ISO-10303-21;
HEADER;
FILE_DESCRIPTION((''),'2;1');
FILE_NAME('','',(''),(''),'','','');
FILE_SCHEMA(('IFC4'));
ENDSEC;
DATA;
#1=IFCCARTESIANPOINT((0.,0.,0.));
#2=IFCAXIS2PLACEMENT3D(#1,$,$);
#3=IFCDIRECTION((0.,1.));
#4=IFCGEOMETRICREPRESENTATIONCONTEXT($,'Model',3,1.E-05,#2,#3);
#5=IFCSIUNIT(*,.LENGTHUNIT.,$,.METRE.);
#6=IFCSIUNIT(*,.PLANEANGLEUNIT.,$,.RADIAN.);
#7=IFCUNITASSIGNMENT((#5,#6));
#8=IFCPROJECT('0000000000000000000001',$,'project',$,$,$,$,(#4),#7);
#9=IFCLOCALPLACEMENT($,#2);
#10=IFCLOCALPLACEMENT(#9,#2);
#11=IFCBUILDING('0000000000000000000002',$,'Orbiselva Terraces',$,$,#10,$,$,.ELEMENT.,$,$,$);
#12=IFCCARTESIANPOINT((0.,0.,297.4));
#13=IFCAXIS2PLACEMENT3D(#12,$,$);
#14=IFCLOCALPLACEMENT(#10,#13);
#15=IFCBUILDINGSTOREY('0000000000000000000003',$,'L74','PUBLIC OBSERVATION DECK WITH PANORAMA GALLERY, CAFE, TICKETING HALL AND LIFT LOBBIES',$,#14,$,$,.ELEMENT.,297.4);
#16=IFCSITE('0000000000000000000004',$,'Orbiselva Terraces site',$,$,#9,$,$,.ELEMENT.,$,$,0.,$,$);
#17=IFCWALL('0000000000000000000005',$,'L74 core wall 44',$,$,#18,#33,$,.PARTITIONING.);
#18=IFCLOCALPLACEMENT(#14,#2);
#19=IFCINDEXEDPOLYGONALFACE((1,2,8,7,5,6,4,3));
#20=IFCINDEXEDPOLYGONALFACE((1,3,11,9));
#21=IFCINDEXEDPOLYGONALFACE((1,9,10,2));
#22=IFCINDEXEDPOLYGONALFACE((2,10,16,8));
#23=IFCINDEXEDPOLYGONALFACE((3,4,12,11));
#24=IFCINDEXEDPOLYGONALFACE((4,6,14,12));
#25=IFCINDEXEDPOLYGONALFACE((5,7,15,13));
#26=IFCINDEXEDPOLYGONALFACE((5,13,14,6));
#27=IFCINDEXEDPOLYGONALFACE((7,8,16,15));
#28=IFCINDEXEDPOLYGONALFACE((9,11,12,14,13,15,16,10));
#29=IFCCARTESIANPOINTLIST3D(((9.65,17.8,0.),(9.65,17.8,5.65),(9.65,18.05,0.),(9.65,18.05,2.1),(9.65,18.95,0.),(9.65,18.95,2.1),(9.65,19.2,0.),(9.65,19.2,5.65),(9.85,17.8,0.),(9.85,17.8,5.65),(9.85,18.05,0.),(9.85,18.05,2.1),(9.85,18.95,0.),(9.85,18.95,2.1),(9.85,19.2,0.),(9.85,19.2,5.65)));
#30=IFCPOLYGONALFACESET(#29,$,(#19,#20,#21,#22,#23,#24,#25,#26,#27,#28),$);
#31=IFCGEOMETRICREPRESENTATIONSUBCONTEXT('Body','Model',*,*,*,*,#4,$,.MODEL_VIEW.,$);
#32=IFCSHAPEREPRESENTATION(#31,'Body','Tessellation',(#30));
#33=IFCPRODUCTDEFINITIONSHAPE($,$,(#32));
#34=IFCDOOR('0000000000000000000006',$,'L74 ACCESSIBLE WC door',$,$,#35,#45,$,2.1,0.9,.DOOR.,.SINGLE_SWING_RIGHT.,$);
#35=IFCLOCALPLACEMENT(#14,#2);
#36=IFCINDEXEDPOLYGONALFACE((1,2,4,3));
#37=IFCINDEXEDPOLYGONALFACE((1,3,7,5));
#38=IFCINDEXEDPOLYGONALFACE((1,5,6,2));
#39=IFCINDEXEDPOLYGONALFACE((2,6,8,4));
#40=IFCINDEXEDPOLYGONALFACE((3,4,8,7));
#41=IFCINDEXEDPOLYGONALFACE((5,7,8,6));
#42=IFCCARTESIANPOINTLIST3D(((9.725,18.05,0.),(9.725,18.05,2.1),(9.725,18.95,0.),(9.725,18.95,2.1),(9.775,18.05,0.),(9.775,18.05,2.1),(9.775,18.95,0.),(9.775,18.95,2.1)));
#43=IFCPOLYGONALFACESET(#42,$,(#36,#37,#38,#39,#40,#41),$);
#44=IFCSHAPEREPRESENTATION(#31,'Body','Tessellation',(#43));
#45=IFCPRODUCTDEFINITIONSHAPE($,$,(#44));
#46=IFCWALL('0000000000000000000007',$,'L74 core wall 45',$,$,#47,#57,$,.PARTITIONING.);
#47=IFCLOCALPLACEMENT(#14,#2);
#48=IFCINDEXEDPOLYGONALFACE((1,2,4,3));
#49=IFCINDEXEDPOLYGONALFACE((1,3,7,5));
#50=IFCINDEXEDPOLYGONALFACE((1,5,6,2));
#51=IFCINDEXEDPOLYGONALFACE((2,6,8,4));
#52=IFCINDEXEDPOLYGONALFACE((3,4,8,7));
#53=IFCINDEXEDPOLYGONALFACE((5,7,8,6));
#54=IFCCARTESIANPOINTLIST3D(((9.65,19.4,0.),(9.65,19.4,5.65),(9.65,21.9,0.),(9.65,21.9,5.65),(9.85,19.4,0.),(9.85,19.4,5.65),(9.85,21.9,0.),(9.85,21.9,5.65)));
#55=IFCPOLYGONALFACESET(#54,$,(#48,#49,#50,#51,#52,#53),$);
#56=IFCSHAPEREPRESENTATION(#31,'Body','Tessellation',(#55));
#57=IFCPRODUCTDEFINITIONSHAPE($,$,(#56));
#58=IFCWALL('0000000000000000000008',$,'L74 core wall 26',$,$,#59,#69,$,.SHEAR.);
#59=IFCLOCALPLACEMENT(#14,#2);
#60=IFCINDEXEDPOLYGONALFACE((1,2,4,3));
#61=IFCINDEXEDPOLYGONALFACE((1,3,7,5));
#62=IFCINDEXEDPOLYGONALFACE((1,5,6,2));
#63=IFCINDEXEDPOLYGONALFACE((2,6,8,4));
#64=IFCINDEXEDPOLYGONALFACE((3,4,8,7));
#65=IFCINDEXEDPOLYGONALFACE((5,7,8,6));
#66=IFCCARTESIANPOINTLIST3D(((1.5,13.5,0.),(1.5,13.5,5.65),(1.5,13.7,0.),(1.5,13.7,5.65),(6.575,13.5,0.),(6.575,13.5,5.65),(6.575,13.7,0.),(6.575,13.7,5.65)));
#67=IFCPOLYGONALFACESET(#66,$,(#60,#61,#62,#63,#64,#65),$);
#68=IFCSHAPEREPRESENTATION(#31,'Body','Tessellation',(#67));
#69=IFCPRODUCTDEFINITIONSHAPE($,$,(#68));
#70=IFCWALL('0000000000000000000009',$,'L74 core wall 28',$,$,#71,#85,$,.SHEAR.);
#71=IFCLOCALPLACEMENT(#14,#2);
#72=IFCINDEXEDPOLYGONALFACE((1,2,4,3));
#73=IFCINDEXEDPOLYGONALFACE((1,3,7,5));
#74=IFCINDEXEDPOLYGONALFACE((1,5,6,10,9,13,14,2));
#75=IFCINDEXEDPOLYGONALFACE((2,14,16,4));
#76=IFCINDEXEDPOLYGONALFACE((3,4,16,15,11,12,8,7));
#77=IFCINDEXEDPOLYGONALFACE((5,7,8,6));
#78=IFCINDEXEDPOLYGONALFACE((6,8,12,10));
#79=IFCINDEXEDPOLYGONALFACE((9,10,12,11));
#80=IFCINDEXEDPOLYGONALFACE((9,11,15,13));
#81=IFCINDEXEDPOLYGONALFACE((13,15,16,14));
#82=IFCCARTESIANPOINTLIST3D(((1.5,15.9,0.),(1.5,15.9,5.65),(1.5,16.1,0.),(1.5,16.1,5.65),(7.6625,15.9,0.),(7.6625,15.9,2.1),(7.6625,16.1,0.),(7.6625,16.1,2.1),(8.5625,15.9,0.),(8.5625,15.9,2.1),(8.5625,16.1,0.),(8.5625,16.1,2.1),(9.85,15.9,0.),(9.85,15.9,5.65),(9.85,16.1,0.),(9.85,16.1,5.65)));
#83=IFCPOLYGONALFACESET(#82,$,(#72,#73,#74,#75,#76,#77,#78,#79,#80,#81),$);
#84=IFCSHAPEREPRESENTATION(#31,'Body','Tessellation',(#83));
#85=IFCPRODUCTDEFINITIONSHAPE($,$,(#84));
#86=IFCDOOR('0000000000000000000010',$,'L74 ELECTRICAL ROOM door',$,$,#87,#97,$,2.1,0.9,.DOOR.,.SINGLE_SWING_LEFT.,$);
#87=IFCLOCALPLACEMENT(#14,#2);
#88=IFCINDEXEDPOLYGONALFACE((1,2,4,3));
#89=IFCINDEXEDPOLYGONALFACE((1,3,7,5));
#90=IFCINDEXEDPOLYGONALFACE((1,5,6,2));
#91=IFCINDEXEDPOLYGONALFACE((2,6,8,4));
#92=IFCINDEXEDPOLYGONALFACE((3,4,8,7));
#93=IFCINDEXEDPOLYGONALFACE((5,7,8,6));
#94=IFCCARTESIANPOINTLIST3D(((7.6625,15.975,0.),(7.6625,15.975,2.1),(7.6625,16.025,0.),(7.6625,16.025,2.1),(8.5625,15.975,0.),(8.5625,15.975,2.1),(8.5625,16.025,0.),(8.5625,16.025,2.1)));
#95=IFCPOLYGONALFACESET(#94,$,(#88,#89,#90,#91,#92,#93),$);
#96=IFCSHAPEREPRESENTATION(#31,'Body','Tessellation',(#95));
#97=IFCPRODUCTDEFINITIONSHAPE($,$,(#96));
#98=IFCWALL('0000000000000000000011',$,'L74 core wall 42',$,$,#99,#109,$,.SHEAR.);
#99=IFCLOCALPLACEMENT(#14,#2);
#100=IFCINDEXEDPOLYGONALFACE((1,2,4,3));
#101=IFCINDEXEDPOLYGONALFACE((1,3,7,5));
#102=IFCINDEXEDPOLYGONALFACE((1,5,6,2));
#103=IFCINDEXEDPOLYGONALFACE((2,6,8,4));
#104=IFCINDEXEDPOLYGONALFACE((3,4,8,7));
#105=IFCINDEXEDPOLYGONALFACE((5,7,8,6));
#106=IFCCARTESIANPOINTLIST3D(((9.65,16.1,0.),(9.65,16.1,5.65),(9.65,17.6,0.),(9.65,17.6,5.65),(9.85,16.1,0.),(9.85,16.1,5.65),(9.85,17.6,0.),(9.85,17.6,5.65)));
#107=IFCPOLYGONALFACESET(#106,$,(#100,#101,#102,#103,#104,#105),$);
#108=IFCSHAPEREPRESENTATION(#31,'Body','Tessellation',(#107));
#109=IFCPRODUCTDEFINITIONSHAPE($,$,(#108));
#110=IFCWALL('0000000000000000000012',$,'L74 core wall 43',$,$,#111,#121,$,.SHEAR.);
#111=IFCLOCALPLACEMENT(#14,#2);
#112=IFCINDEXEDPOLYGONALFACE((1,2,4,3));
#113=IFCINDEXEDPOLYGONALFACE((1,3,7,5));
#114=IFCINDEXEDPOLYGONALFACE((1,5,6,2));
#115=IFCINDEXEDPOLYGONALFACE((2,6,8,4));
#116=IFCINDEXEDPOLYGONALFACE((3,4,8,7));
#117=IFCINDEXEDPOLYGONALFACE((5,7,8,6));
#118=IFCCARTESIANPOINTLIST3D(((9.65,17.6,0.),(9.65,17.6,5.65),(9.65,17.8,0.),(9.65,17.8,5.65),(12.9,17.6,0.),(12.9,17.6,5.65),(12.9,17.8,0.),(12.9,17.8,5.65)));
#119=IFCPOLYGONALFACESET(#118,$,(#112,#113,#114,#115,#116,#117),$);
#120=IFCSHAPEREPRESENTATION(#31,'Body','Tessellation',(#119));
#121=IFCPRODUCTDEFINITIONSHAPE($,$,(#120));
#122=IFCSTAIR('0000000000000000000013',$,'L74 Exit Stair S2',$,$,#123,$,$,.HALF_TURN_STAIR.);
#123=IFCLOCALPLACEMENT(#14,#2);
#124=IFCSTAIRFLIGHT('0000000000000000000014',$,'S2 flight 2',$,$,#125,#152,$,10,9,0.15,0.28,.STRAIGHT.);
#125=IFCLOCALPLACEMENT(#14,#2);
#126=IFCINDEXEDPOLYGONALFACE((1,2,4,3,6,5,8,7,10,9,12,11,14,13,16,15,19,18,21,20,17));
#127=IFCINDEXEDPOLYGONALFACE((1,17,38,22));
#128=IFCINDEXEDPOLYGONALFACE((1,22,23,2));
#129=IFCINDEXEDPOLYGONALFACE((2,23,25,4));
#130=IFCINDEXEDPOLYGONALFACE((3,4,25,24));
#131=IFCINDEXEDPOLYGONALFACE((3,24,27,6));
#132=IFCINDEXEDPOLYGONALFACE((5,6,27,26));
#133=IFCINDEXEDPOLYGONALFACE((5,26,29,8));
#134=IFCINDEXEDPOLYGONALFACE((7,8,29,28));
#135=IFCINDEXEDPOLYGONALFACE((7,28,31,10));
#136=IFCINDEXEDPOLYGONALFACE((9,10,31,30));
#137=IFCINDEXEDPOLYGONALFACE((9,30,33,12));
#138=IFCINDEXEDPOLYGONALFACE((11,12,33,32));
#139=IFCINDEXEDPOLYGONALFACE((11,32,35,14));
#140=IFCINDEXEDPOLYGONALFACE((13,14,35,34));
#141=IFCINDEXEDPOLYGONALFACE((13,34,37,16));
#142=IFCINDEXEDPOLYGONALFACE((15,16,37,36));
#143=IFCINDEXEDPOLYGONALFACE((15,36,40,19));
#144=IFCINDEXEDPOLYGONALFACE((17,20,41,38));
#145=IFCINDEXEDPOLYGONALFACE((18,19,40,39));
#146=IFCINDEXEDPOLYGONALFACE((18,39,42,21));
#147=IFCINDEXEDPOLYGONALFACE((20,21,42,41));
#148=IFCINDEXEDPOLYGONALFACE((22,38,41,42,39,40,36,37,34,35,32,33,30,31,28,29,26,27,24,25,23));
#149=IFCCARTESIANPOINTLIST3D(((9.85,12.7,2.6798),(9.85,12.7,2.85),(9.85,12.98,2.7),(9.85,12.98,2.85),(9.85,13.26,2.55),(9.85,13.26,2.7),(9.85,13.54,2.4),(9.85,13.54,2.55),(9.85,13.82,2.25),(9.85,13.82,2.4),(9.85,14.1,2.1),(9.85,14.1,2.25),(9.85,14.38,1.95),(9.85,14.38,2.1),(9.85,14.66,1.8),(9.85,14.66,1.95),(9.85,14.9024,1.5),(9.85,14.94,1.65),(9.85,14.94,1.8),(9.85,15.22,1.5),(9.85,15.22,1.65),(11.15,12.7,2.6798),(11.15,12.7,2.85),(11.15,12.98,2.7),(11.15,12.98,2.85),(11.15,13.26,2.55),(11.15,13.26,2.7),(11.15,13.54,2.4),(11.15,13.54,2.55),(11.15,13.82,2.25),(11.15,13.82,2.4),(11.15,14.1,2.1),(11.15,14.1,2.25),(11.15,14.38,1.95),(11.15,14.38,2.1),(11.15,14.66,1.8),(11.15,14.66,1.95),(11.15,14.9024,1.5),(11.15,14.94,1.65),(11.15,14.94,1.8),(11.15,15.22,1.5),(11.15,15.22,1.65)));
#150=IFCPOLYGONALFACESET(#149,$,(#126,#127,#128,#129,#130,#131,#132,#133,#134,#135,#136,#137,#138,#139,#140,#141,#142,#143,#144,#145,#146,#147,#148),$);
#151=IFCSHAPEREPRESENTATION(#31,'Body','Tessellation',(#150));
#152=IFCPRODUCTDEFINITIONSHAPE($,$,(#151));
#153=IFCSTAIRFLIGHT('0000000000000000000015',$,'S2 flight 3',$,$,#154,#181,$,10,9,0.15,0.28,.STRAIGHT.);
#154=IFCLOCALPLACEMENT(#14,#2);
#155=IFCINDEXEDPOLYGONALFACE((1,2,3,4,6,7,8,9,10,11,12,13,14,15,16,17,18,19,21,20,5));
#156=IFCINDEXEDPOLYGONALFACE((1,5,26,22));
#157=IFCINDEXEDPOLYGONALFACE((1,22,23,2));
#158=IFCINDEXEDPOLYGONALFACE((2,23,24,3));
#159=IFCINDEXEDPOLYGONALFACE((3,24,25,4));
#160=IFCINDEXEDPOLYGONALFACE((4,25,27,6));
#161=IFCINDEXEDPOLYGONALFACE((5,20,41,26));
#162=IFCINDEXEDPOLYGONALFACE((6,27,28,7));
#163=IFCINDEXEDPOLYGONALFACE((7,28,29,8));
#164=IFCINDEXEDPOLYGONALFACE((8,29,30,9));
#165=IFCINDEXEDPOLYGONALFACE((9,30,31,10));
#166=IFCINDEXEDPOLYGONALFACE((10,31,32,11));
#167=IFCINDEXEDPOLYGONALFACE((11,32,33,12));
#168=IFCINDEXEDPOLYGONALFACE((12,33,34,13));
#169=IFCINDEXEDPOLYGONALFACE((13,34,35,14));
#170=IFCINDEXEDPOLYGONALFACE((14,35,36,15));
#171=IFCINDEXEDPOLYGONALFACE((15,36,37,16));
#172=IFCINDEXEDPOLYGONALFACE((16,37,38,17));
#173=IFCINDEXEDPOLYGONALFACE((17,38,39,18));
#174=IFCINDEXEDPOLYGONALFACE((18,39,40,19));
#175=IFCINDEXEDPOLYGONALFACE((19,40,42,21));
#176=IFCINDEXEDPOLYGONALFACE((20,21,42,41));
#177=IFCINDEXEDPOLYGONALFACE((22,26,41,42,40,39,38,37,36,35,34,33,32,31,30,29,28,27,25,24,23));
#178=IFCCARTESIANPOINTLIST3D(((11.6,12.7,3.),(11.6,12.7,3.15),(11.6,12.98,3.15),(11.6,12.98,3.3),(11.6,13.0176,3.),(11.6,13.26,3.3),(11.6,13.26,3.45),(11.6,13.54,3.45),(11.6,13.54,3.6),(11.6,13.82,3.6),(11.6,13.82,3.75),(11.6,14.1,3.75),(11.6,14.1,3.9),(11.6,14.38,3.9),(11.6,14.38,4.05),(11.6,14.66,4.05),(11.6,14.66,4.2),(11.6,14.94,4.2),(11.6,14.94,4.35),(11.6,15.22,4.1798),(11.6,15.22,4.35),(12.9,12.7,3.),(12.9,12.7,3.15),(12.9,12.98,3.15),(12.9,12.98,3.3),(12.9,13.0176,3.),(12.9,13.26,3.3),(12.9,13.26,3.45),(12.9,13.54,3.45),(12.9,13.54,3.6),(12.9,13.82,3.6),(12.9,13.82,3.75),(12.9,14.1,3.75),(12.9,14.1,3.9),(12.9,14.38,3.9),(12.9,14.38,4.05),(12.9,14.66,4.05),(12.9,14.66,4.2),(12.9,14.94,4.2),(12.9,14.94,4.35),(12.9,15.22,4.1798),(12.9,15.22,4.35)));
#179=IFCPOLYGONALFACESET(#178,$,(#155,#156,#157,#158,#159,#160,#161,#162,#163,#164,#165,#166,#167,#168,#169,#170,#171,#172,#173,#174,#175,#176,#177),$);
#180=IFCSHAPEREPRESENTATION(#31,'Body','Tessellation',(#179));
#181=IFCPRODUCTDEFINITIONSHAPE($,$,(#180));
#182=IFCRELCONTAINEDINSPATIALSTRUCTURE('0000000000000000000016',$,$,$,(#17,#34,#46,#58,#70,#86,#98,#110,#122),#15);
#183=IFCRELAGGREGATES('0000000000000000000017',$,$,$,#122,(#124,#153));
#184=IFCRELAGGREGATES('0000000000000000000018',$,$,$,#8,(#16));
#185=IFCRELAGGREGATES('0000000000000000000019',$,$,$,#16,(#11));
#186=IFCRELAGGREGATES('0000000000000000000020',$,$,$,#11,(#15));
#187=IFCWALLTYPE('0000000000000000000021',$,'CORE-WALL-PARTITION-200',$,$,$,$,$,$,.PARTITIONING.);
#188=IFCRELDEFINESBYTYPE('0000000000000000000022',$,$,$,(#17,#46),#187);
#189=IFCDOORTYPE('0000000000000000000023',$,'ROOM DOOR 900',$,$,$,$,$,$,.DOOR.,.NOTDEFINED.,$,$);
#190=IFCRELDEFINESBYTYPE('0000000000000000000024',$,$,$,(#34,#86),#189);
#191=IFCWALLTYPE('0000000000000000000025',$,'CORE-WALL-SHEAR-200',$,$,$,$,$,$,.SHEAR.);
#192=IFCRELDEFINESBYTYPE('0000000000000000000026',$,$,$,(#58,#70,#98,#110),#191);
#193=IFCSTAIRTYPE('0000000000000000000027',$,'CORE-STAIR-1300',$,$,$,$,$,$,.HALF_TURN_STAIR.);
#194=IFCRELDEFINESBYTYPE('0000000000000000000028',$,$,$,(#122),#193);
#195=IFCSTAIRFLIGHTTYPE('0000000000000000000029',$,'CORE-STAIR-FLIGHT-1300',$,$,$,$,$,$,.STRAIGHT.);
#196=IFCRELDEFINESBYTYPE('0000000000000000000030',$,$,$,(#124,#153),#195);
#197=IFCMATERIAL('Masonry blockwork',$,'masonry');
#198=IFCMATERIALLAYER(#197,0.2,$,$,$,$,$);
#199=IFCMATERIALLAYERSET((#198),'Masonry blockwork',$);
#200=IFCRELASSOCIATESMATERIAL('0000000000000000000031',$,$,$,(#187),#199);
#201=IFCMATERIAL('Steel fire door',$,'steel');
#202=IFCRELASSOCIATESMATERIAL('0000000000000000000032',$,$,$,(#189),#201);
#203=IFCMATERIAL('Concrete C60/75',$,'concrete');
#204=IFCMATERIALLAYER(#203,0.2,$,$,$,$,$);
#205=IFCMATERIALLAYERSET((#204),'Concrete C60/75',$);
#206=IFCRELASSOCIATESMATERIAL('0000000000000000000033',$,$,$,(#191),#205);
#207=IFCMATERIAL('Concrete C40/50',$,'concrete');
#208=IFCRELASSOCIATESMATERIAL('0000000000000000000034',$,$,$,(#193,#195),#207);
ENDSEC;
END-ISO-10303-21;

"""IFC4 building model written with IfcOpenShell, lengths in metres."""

from ifc_helpers import new_model, si_unit, direction, frame, frame_2d, origin, place, context, subcontext, project, spatial, polyline, rectangle, outline, extrude, material, layer, layer_set, type_object, element, fill, aggregate, save


model = new_model("IFC4")

# Units and contexts
model_context = context("Model", 3, precision=1e-05, world=origin(), true_north=direction((0.0, 1.0)))
body_context = subcontext(model_context, "Body", "Model", "MODEL_VIEW")
ifc_project = project(units=[si_unit("LENGTHUNIT", "METRE"), si_unit("PLANEANGLEUNIT", "RADIAN")], contexts=[model_context])

# Site, building, storey
site_placement = place(None, origin())
site = spatial("IfcSite", under=ifc_project, at=site_placement, Name="Orbiselva Terraces site", CompositionType="ELEMENT", RefElevation=0.0)
building_placement = place(site_placement, origin())
building = spatial("IfcBuilding", under=site, at=building_placement, Name="Orbiselva Terraces", CompositionType="ELEMENT")
storey_placement = place(building_placement, frame((0.0, 0.0, 297.4)))
storey = spatial("IfcBuildingStorey", under=building, at=storey_placement, Name="L74", Description="PUBLIC OBSERVATION DECK WITH PANORAMA GALLERY, CAFE, TICKETING HALL AND LIFT LOBBIES", CompositionType="ELEMENT", Elevation=297.4)

# Shared definitions
ifc_material_1 = material(Name="Masonry blockwork", Category="masonry")
ifc_layer_1 = layer(ifc_material_1, 0.2)
ifc_layer_set_1 = layer_set([ifc_layer_1], Name="Masonry blockwork")
wall_type_1 = type_object("IfcWallType", Name="CORE-WALL-PARTITION-200", PredefinedType="PARTITIONING", material=ifc_layer_set_1)
ifc_material_2 = material(Name="Steel fire door", Category="steel")
door_type = type_object("IfcDoorType", Name="ROOM DOOR 900", OperationType="NOTDEFINED", PredefinedType="DOOR", material=ifc_material_2)

# Wall, opening, door
wall_1_placement = place(storey_placement, frame((9.75, 19.2, 0.0), z_axis=(0.0, 0.0, 1.0), x_axis=(0.0, -1.0, 0.0)))
wall_1 = element("IfcWall", 1, at=wall_1_placement, inside=storey, type_object=wall_type_1, Name="L74 core wall 44", PredefinedType="PARTITIONING", context=body_context, shape_type="SweptSolid", body=[
    extrude(rectangle(XDim=1.4, YDim=0.2, at=frame_2d((0.7, 0.0))), origin(), (0.0, 0.0, 1.0), 5.65),
])
opening_1_placement = place(wall_1_placement, frame((0.25, 0.0, 0.0)))
opening_1 = element("IfcOpeningElement", 2, at=opening_1_placement, cuts=wall_1, PredefinedType="OPENING", context=body_context, shape_type="SweptSolid", body=[
    extrude(rectangle(XDim=0.9, YDim=2.1, at=frame_2d((0.45, 1.05))), frame((0.0, 0.11, 0.0), z_axis=(0.0, -1.0, 0.0), x_axis=(1.0, 0.0, 0.0)), (0.0, 0.0, 1.0), 0.22),
])
door_1_placement = place(opening_1_placement, origin())
door_1 = element("IfcDoor", 3, at=door_1_placement, inside=storey, type_object=door_type, Name="L74 ACCESSIBLE WC door", OperationType="SINGLE_SWING_RIGHT", OverallHeight=2.1, OverallWidth=0.9, PredefinedType="DOOR", context=body_context, shape_type="SweptSolid", body=[
    extrude(rectangle(XDim=0.9, YDim=2.1, at=frame_2d((0.45, 1.05))), frame((0.0, 0.025, 0.0), z_axis=(0.0, -1.0, 0.0), x_axis=(1.0, 0.0, 0.0)), (0.0, 0.0, 1.0), 0.05),
])
fill(opening_1, door_1)

# Walls
wall_2_placement = place(storey_placement, frame((9.75, 19.4, 0.0), z_axis=(0.0, 0.0, 1.0), x_axis=(0.0, 1.0, 0.0)))
element("IfcWall", 4, at=wall_2_placement, inside=storey, type_object=wall_type_1, Name="L74 core wall 45", PredefinedType="PARTITIONING", context=body_context, shape_type="SweptSolid", body=[
    extrude(rectangle(XDim=2.5, YDim=0.2, at=frame_2d((1.25, 0.0))), origin(), (0.0, 0.0, 1.0), 5.65),
])
ifc_material_3 = material(Name="Concrete C60/75", Category="concrete")
ifc_layer_2 = layer(ifc_material_3, 0.2)
ifc_layer_set_2 = layer_set([ifc_layer_2], Name="Concrete C60/75")
wall_type_2 = type_object("IfcWallType", Name="CORE-WALL-SHEAR-200", PredefinedType="SHEAR", material=ifc_layer_set_2)
wall_3_placement = place(storey_placement, frame((1.5, 13.6, 0.0), z_axis=(0.0, 0.0, 1.0), x_axis=(1.0, 0.0, 0.0)))
element("IfcWall", 5, at=wall_3_placement, inside=storey, type_object=wall_type_2, Name="L74 core wall 26", PredefinedType="SHEAR", context=body_context, shape_type="SweptSolid", body=[
    extrude(rectangle(XDim=5.075, YDim=0.2, at=frame_2d((2.5375, 0.0))), origin(), (0.0, 0.0, 1.0), 5.65),
])

# Wall, opening, door
wall_4_placement = place(storey_placement, frame((9.85, 16.0, 0.0), z_axis=(0.0, 0.0, 1.0), x_axis=(-1.0, 0.0, 0.0)))
wall_4 = element("IfcWall", 6, at=wall_4_placement, inside=storey, type_object=wall_type_2, Name="L74 core wall 28", PredefinedType="SHEAR", context=body_context, shape_type="SweptSolid", body=[
    extrude(rectangle(XDim=8.35, YDim=0.2, at=frame_2d((4.175, 0.0))), origin(), (0.0, 0.0, 1.0), 5.65),
])
opening_2_placement = place(wall_4_placement, frame((1.2875, 0.0, 0.0)))
opening_2 = element("IfcOpeningElement", 7, at=opening_2_placement, cuts=wall_4, PredefinedType="OPENING", context=body_context, shape_type="SweptSolid", body=[
    extrude(rectangle(XDim=0.9, YDim=2.1, at=frame_2d((0.45, 1.05))), frame((0.0, 0.11, 0.0), z_axis=(0.0, -1.0, 0.0), x_axis=(1.0, 0.0, 0.0)), (0.0, 0.0, 1.0), 0.22),
])
door_2_placement = place(opening_2_placement, origin())
door_2 = element("IfcDoor", 8, at=door_2_placement, inside=storey, type_object=door_type, Name="L74 ELECTRICAL ROOM door", OperationType="SINGLE_SWING_LEFT", OverallHeight=2.1, OverallWidth=0.9, PredefinedType="DOOR", context=body_context, shape_type="SweptSolid", body=[
    extrude(rectangle(XDim=0.9, YDim=2.1, at=frame_2d((0.45, 1.05))), frame((0.0, 0.025, 0.0), z_axis=(0.0, -1.0, 0.0), x_axis=(1.0, 0.0, 0.0)), (0.0, 0.0, 1.0), 0.05),
])
fill(opening_2, door_2)

# Walls
wall_5_placement = place(storey_placement, frame((9.75, 16.1, 0.0), z_axis=(0.0, 0.0, 1.0), x_axis=(0.0, 1.0, 0.0)))
element("IfcWall", 9, at=wall_5_placement, inside=storey, type_object=wall_type_2, Name="L74 core wall 42", PredefinedType="SHEAR", context=body_context, shape_type="SweptSolid", body=[
    extrude(rectangle(XDim=1.5, YDim=0.2, at=frame_2d((0.75, 0.0))), origin(), (0.0, 0.0, 1.0), 5.65),
])
wall_6_placement = place(storey_placement, frame((9.65, 17.7, 0.0), z_axis=(0.0, 0.0, 1.0), x_axis=(1.0, 0.0, 0.0)))
element("IfcWall", 10, at=wall_6_placement, inside=storey, type_object=wall_type_2, Name="L74 core wall 43", PredefinedType="SHEAR", context=body_context, shape_type="SweptSolid", body=[
    extrude(rectangle(XDim=3.25, YDim=0.2, at=frame_2d((1.625, 0.0))), origin(), (0.0, 0.0, 1.0), 5.65),
])

# Stair, stair flights
ifc_material_4 = material(Name="Concrete C40/50", Category="concrete")
stair_type = type_object("IfcStairType", Name="CORE-STAIR-1300", PredefinedType="HALF_TURN_STAIR", material=ifc_material_4)
stair_placement = place(storey_placement, origin())
stair = element("IfcStair", 11, at=stair_placement, inside=storey, type_object=stair_type, Name="L74 Exit Stair S2", PredefinedType="HALF_TURN_STAIR")
stair_flight_type = type_object("IfcStairFlightType", Name="CORE-STAIR-FLIGHT-1300", PredefinedType="STRAIGHT", material=ifc_material_4)
stair_flight_1_placement = place(storey_placement, frame((10.5, 15.22, 1.5), z_axis=(0.0, 0.0, 1.0), x_axis=(0.0, -1.0, 0.0)))
stair_flight_1 = element("IfcStairFlight", 12, at=stair_flight_1_placement, type_object=stair_flight_type, Name="S2 flight 2", NumberOfRisers=10, NumberOfTreads=9, PredefinedType="STRAIGHT", RiserHeight=0.15, TreadLength=0.28, context=body_context, shape_type="SweptSolid", body=[
    extrude(outline(polyline([(0.0, 0.0), (0.0, 0.15), (0.28, 0.15), (0.28, 0.3), (0.56, 0.3), (0.56, 0.45), (0.84, 0.45), (0.84, 0.6), (1.12, 0.6), (1.12, 0.75), (1.4, 0.75), (1.4, 0.9), (1.68, 0.9), (1.68, 1.05), (1.96, 1.05), (1.96, 1.2), (2.24, 1.2), (2.24, 1.35), (2.52, 1.35), (2.52, 1.5), (2.52, 1.1798), (0.3176, 0.0), (0.0, 0.0)])), frame((0.0, 0.65, 0.0), z_axis=(0.0, -1.0, 0.0), x_axis=(1.0, 0.0, 0.0)), (0.0, 0.0, 1.0), 1.3),
])
stair_flight_2_placement = place(storey_placement, frame((12.25, 12.7, 3.0), z_axis=(0.0, 0.0, 1.0), x_axis=(0.0, 1.0, 0.0)))
stair_flight_2 = element("IfcStairFlight", 13, at=stair_flight_2_placement, type_object=stair_flight_type, Name="S2 flight 3", NumberOfRisers=10, NumberOfTreads=9, PredefinedType="STRAIGHT", RiserHeight=0.15, TreadLength=0.28, context=body_context, shape_type="SweptSolid", body=[
    extrude(outline(polyline([(0.0, 0.0), (0.0, 0.15), (0.28, 0.15), (0.28, 0.3), (0.56, 0.3), (0.56, 0.45), (0.84, 0.45), (0.84, 0.6), (1.12, 0.6), (1.12, 0.75), (1.4, 0.75), (1.4, 0.9), (1.68, 0.9), (1.68, 1.05), (1.96, 1.05), (1.96, 1.2), (2.24, 1.2), (2.24, 1.35), (2.52, 1.35), (2.52, 1.5), (2.52, 1.1798), (0.3176, 0.0), (0.0, 0.0)])), frame((0.0, 0.65, 0.0), z_axis=(0.0, -1.0, 0.0), x_axis=(1.0, 0.0, 0.0)), (0.0, 0.0, 1.0), 1.3),
])
aggregate(stair, [stair_flight_1, stair_flight_2])

save(model, "model.ifc")
